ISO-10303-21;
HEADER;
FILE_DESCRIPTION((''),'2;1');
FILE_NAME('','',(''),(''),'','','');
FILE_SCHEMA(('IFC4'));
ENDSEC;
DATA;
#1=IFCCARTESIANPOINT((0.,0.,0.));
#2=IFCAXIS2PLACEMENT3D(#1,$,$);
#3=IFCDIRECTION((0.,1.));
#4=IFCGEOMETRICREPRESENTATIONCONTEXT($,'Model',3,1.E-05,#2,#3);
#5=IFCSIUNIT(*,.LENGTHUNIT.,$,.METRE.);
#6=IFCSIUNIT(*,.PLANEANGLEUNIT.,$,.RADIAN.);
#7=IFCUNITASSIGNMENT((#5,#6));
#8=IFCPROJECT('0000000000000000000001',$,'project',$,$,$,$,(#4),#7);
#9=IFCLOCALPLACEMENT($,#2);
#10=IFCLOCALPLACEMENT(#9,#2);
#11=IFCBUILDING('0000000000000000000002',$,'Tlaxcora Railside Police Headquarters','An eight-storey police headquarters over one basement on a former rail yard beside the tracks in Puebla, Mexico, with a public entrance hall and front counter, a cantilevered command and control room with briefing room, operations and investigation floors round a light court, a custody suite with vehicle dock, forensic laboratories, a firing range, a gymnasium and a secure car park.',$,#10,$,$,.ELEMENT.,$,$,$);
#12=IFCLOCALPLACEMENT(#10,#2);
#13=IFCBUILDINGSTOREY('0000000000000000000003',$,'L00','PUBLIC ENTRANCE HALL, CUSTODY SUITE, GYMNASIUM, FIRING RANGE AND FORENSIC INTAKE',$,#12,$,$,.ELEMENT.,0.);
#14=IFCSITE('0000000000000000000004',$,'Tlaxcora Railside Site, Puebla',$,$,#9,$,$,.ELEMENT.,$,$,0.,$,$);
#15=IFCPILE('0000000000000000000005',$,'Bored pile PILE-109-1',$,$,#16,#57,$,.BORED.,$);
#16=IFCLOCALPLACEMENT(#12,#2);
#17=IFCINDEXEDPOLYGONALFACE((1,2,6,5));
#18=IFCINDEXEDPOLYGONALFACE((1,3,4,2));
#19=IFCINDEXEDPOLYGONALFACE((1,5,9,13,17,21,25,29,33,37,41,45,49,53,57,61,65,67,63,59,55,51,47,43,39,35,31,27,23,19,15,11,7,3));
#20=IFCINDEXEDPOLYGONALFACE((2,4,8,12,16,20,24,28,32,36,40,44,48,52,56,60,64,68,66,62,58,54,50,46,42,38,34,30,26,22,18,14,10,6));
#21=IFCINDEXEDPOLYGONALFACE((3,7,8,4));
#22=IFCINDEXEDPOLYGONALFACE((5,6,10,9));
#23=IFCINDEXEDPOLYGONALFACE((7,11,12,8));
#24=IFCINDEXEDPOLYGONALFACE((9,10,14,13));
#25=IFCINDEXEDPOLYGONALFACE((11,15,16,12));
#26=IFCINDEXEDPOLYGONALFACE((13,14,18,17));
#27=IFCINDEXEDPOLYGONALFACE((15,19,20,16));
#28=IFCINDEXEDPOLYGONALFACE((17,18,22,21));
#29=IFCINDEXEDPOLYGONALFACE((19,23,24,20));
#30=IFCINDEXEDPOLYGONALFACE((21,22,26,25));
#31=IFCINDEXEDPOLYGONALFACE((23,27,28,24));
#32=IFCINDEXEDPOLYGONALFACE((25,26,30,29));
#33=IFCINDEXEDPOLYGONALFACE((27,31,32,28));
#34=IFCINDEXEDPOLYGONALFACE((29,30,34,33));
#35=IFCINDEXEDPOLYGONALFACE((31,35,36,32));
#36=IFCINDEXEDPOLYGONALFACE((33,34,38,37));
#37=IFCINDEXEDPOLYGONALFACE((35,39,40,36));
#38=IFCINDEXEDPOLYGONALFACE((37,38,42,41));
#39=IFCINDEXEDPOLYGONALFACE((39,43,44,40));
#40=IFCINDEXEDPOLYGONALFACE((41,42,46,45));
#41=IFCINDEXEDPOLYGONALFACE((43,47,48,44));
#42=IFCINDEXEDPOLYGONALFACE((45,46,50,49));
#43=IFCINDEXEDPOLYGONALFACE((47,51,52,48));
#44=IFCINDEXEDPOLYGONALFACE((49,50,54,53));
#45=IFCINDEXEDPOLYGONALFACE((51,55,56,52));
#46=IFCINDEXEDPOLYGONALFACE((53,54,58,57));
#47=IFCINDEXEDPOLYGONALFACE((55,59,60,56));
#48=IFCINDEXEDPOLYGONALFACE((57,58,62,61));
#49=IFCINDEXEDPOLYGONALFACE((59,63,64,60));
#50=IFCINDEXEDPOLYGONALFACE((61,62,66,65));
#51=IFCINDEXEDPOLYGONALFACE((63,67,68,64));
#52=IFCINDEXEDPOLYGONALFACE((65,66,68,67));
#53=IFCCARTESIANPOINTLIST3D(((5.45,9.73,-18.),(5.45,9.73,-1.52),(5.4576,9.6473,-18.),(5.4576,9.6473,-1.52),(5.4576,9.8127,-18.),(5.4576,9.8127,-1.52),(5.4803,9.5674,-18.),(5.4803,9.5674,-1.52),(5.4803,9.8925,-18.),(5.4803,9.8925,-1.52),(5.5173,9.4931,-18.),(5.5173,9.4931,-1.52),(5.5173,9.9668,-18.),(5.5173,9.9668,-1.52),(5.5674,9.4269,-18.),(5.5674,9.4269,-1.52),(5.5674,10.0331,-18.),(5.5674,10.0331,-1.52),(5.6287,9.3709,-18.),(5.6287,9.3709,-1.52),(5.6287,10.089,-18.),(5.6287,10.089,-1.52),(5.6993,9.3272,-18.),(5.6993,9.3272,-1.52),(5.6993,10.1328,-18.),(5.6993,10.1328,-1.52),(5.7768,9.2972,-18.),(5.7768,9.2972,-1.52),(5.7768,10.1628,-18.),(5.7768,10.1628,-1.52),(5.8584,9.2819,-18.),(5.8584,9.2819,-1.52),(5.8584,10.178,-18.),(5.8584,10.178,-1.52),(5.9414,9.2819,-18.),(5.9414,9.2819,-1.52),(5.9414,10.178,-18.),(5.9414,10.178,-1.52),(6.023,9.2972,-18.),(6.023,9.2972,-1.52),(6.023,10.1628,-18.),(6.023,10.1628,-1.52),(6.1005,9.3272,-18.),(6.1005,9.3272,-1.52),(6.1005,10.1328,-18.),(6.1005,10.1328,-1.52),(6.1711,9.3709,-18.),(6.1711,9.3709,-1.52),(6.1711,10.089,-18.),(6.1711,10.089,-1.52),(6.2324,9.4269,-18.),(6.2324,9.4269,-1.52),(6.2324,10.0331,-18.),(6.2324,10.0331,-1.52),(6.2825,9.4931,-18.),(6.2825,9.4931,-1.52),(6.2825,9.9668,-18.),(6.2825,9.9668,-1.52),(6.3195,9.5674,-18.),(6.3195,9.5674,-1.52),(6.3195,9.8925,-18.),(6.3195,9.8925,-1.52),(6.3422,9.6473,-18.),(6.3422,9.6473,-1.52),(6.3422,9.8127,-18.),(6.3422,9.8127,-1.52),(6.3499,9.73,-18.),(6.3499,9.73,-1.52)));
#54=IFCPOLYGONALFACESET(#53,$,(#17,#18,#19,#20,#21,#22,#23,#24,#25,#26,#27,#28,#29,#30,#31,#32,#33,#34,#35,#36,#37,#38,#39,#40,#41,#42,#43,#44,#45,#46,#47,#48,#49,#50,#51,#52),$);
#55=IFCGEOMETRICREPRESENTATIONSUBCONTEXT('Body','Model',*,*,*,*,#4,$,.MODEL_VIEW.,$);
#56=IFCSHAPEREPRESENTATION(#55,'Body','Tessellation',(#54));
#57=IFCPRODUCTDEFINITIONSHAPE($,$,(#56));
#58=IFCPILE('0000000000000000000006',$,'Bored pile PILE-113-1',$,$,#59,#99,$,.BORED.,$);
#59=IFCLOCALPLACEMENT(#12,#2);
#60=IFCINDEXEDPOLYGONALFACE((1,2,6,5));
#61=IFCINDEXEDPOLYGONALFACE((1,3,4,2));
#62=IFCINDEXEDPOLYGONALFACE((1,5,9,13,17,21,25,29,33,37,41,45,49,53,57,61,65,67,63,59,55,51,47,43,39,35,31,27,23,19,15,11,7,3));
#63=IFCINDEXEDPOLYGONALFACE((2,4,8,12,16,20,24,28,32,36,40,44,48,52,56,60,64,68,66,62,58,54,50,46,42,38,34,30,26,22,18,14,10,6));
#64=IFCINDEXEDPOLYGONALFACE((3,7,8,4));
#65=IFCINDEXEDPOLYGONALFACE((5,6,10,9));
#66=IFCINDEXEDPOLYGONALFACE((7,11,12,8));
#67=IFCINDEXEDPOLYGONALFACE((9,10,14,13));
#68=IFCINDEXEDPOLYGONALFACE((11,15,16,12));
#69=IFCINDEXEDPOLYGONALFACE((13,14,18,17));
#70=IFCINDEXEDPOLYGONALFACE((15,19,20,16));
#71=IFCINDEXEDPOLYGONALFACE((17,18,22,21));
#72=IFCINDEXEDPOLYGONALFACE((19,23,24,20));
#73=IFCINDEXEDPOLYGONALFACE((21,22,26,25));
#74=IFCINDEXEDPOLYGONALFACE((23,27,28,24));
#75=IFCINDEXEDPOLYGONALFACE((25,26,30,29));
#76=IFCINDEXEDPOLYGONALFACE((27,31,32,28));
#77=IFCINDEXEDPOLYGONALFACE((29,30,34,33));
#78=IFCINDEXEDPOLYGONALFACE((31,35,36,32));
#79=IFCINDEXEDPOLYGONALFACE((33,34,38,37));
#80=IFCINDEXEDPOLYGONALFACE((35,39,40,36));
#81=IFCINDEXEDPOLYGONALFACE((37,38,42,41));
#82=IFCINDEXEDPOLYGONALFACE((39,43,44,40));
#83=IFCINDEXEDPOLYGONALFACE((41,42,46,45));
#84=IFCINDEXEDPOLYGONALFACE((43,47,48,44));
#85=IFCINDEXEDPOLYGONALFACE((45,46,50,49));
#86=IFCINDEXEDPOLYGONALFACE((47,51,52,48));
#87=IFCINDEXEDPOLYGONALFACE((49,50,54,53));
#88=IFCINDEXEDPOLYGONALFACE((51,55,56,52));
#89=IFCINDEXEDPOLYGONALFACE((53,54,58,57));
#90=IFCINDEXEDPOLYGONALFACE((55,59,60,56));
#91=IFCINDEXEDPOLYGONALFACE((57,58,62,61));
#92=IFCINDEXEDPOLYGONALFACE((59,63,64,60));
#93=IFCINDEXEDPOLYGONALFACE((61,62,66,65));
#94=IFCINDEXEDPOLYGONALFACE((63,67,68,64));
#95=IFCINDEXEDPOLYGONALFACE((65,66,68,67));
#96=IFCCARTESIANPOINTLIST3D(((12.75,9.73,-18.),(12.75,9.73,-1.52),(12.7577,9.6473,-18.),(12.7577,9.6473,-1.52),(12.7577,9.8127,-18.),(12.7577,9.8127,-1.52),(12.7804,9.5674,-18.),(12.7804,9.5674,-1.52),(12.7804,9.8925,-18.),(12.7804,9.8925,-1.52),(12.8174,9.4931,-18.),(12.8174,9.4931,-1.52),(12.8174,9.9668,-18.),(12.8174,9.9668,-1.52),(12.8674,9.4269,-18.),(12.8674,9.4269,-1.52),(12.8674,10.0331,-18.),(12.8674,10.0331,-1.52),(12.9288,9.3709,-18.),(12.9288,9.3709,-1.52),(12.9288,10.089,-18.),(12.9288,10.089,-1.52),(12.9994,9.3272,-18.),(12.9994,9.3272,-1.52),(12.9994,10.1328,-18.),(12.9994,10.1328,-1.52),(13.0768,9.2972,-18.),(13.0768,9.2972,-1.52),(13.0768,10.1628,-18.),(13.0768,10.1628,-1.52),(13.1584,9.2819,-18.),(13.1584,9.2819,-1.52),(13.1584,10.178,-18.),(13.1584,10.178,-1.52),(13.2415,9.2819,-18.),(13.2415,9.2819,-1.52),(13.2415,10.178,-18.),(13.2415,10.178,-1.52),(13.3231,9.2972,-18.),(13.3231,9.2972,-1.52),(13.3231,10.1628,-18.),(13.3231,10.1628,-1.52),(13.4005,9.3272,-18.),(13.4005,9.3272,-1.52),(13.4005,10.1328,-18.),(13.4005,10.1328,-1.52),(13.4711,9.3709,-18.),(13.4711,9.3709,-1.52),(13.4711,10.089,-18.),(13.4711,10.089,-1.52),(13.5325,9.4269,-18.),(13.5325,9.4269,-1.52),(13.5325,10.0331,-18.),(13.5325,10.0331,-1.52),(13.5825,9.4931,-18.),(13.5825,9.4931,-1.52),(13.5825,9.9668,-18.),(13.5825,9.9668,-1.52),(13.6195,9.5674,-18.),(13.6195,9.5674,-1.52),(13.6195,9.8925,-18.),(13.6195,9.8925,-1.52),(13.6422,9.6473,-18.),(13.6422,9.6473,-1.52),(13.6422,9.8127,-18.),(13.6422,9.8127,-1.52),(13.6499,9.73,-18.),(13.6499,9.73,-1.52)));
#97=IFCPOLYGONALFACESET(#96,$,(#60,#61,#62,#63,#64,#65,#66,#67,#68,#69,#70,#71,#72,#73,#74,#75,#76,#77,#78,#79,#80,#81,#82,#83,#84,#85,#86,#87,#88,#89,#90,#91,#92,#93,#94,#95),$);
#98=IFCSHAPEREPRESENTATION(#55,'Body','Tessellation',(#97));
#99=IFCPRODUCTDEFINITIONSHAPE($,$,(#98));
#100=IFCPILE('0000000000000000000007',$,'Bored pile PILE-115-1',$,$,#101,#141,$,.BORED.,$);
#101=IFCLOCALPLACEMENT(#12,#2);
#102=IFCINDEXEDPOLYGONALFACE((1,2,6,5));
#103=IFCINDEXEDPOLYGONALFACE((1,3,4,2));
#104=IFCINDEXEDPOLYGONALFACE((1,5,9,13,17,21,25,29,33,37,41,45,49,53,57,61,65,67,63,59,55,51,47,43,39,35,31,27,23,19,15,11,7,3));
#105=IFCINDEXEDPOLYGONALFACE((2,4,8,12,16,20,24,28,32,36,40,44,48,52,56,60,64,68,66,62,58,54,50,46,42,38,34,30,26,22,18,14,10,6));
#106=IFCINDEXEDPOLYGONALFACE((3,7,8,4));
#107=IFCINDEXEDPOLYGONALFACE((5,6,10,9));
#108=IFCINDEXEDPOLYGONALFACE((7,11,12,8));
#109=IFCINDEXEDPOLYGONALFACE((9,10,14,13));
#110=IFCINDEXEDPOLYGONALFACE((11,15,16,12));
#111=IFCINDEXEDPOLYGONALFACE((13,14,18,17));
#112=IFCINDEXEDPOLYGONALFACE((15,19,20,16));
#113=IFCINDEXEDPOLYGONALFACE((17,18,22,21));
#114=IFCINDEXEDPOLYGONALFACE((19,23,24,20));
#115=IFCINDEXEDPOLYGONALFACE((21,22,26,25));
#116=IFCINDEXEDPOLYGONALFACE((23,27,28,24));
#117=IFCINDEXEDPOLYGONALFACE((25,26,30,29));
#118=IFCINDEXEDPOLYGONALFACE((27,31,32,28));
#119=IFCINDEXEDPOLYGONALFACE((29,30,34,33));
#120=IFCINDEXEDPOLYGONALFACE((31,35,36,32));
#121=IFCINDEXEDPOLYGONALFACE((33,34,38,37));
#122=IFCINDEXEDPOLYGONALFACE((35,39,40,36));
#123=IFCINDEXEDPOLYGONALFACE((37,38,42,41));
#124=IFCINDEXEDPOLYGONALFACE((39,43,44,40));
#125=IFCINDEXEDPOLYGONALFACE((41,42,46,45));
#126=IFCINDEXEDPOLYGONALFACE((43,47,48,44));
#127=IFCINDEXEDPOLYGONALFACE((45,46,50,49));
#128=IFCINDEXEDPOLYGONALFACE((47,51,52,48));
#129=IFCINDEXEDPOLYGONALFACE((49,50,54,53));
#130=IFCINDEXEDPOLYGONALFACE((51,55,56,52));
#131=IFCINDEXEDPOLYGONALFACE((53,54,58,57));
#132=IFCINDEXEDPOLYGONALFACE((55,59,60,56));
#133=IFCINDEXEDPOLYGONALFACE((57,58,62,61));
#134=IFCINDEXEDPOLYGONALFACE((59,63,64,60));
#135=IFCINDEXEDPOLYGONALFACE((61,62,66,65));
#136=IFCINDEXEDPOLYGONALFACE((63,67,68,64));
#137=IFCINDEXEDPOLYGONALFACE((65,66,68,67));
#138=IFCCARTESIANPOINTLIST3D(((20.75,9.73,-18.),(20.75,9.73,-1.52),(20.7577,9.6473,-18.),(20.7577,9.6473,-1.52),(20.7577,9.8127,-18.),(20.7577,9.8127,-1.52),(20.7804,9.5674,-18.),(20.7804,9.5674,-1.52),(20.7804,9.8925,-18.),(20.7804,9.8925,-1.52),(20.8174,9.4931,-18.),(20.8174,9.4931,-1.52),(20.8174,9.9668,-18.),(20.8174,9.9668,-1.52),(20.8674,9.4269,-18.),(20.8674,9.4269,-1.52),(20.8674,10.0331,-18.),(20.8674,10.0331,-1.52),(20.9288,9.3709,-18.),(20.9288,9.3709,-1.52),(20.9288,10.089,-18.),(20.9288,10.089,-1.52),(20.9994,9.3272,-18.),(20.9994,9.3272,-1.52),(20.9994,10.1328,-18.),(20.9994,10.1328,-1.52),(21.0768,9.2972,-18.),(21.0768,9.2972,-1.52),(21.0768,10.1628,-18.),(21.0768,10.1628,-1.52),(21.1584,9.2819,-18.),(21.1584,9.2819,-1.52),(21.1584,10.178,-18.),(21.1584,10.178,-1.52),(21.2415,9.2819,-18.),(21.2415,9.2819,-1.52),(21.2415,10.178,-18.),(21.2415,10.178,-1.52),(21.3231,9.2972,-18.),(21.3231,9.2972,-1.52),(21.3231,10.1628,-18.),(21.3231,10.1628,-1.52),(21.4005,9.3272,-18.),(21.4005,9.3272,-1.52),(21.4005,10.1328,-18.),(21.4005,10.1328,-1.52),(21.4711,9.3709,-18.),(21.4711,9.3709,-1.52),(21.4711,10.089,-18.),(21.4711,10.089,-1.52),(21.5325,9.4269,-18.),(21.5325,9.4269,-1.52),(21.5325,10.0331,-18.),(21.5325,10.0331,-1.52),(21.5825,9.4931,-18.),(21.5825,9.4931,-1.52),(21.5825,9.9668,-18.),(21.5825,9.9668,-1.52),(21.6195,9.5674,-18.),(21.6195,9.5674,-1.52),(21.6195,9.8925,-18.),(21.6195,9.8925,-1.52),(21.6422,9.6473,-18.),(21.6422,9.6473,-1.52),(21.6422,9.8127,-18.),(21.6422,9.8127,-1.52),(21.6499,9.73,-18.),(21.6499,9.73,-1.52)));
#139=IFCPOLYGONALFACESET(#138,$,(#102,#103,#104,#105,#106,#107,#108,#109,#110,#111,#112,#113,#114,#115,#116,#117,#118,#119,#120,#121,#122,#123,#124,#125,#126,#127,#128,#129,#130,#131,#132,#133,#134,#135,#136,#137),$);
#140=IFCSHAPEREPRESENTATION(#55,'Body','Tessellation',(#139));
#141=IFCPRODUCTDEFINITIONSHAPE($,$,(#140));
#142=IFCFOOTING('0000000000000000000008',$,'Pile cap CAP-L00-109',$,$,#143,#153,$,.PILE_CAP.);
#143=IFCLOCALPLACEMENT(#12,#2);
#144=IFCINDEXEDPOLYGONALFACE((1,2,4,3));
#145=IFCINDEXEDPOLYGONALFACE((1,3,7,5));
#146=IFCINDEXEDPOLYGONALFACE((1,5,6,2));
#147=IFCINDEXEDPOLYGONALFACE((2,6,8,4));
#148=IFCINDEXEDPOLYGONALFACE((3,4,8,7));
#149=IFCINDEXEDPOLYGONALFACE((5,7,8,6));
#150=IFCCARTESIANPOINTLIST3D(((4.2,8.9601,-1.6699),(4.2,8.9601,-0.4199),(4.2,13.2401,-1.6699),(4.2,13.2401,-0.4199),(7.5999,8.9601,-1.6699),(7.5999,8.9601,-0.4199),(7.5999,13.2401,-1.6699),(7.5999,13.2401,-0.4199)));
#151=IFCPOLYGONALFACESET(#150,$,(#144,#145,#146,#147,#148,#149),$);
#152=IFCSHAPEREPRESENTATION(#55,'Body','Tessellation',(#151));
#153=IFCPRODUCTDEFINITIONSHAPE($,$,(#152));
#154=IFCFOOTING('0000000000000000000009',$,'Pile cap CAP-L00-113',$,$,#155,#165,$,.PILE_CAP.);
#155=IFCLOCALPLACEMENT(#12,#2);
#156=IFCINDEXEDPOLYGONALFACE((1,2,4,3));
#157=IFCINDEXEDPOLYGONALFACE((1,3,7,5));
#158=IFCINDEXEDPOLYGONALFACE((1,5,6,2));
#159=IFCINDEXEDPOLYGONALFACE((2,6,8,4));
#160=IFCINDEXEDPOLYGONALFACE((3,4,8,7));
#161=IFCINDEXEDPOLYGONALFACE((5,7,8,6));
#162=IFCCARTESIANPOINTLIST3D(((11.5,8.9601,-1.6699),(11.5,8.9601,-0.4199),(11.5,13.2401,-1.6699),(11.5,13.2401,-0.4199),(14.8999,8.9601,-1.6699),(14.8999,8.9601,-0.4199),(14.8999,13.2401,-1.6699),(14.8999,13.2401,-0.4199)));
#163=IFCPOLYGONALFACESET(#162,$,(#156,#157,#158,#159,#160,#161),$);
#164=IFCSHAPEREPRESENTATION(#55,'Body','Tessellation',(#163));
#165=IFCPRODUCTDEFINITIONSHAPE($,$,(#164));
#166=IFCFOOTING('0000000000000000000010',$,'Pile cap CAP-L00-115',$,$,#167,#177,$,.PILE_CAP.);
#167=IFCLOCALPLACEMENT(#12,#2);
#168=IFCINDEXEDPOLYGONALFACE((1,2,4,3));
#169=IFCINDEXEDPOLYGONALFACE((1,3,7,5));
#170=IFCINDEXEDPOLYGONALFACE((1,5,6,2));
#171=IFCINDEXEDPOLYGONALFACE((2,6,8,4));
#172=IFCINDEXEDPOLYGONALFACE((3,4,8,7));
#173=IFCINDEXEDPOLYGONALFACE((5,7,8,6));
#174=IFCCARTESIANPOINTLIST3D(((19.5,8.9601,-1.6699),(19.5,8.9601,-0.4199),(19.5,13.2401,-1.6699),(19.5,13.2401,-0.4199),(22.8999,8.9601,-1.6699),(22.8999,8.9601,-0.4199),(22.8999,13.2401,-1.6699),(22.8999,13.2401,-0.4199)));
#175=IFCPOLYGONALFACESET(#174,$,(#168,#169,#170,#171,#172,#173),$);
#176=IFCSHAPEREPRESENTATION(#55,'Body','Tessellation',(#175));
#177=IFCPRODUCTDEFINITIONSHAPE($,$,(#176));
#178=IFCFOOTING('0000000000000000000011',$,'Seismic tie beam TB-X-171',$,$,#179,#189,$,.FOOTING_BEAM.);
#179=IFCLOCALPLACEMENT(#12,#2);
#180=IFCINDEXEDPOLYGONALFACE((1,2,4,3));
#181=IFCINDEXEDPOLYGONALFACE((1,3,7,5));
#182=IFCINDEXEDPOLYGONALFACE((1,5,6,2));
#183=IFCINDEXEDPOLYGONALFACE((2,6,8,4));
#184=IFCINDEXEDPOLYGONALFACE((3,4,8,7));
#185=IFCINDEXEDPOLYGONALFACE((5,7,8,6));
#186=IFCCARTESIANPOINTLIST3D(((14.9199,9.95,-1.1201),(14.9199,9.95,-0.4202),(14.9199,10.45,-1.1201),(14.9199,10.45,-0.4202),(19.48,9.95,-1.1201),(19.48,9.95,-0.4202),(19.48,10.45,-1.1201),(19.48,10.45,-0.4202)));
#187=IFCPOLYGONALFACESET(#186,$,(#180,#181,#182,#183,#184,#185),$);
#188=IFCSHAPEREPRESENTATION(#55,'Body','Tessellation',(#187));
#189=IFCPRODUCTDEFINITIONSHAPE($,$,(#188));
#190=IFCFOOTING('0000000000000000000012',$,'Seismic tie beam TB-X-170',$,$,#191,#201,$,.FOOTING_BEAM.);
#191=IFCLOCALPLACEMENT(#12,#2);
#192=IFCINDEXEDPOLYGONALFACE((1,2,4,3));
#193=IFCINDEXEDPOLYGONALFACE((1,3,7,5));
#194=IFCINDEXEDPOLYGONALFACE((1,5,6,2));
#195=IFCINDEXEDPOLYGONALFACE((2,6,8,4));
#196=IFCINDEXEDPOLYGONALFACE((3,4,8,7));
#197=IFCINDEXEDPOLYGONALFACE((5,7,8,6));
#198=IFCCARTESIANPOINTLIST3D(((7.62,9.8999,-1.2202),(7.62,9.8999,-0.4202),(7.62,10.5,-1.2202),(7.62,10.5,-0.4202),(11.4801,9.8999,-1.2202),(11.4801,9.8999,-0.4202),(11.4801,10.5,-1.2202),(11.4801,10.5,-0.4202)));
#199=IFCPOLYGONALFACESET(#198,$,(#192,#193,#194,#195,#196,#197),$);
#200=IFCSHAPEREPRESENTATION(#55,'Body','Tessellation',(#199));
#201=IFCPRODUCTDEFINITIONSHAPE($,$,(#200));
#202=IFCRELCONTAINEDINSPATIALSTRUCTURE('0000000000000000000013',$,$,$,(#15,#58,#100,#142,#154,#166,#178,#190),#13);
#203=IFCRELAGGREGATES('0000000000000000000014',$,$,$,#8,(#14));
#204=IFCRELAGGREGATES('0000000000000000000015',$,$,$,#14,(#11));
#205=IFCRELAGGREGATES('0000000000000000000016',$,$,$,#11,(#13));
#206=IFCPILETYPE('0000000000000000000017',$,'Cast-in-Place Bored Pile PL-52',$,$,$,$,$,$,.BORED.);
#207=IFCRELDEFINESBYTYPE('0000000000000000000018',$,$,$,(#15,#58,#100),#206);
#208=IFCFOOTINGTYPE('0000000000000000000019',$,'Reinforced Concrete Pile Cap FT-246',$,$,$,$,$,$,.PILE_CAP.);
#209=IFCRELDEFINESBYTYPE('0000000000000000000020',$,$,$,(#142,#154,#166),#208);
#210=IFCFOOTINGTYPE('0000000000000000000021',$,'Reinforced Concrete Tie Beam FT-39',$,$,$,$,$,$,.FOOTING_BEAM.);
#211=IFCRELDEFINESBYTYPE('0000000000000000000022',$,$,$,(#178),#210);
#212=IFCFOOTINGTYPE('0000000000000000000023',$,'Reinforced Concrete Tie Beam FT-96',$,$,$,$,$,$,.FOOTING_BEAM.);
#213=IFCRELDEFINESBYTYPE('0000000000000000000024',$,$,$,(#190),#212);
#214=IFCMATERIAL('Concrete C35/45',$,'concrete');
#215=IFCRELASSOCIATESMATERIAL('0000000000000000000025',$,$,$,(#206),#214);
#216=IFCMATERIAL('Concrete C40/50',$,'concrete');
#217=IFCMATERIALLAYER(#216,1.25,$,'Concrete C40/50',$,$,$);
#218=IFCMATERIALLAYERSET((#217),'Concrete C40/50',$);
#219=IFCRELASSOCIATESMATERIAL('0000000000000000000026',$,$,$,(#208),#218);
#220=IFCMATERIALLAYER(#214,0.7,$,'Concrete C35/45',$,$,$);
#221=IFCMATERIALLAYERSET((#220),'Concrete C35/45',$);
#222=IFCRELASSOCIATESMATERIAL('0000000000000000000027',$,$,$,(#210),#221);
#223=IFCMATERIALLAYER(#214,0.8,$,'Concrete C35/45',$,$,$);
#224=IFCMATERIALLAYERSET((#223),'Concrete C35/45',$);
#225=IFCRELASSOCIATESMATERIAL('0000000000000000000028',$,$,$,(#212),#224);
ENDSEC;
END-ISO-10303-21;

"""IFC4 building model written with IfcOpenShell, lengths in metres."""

from ifc_helpers import new_model, si_unit, direction, frame, origin, origin_2d, place, context, subcontext, project, spatial, rectangle, circle, extrude, material, layer, layer_set, material_profile, profile_set, type_object, element, save


model = new_model("IFC4")

# Units and contexts
model_context = context("Model", 3, precision=1e-05, world=origin(), true_north=direction((0.0, 1.0)))
body_context = subcontext(model_context, "Body", "Model", "MODEL_VIEW")
ifc_project = project(units=[si_unit("LENGTHUNIT", "METRE"), si_unit("PLANEANGLEUNIT", "RADIAN")], contexts=[model_context])

# Site, building, storey
site_placement = place(None, origin())
site = spatial("IfcSite", under=ifc_project, at=site_placement, Name="Tlaxcora Railside Site, Puebla", CompositionType="ELEMENT", RefElevation=0.0)
building_placement = place(site_placement, origin())
building = spatial("IfcBuilding", under=site, at=building_placement, Name="Tlaxcora Railside Police Headquarters", Description="An eight-storey police headquarters over one basement on a former rail yard beside the tracks in Puebla, Mexico, with a public entrance hall and front counter, a cantilevered command and control room with briefing room, operations and investigation floors round a light court, a custody suite with vehicle dock, forensic laboratories, a firing range, a gymnasium and a secure car park.", CompositionType="ELEMENT")
storey_placement = place(building_placement, origin())
storey = spatial("IfcBuildingStorey", under=building, at=storey_placement, Name="L00", Description="PUBLIC ENTRANCE HALL, CUSTODY SUITE, GYMNASIUM, FIRING RANGE AND FORENSIC INTAKE", CompositionType="ELEMENT", Elevation=0.0)

# Piles
ifc_material_1 = material(Name="Concrete C35/45", Category="concrete")
ifc_material_profile_1 = material_profile(ifc_material_1, circle(Radius=0.45, at=origin_2d()), Name="PILE900")
ifc_profile_set_1 = profile_set([ifc_material_profile_1], Name="Concrete C35/45")
pile_type = type_object("IfcPileType", Name="Cast-in-Place Bored Pile PL-52", PredefinedType="BORED", material=ifc_profile_set_1)
for number, where, z_axis, x_axis, name in (
    (1, (5.8999, 9.73, -1.52), (0.0, 0.0, -1.0), (1.0, 0.0, 0.0), "Bored pile PILE-109-1"),
    (2, (13.2, 9.73, -1.52), (0.0, 0.0, -1.0), (1.0, 0.0, 0.0), "Bored pile PILE-113-1"),
    (3, (21.2, 9.73, -1.52), (0.0, 0.0, -1.0), (1.0, 0.0, 0.0), "Bored pile PILE-115-1"),
):
    element("IfcPile", number, at=place(storey_placement, frame(where, z_axis=z_axis, x_axis=x_axis)), inside=storey, type_object=pile_type, Name=name, PredefinedType="BORED", context=body_context, shape_type="SweptSolid", body=[
        extrude(circle(Radius=0.45, at=origin_2d()), origin(), (0.0, 0.0, 1.0), 16.48),
    ])

# Footings
ifc_material_2 = material(Name="Concrete C40/50", Category="concrete")
ifc_layer_1 = layer(ifc_material_2, 1.25, Name="Concrete C40/50")
ifc_layer_set_1 = layer_set([ifc_layer_1], Name="Concrete C40/50")
footing_type_1 = type_object("IfcFootingType", Name="Reinforced Concrete Pile Cap FT-246", PredefinedType="PILE_CAP", material=ifc_layer_set_1)
for number, where, z_axis, x_axis, name in (
    (4, (5.8999, 11.1001, -1.6699), (0.0, 0.0, 1.0), (1.0, 0.0, 0.0), "Pile cap CAP-L00-109"),
    (5, (13.2, 11.1001, -1.6699), (0.0, 0.0, 1.0), (1.0, 0.0, 0.0), "Pile cap CAP-L00-113"),
    (6, (21.2, 11.1001, -1.6699), (0.0, 0.0, 1.0), (1.0, 0.0, 0.0), "Pile cap CAP-L00-115"),
):
    element("IfcFooting", number, at=place(storey_placement, frame(where, z_axis=z_axis, x_axis=x_axis)), inside=storey, type_object=footing_type_1, Name=name, PredefinedType="PILE_CAP", context=body_context, shape_type="SweptSolid", body=[
        extrude(rectangle(XDim=3.3999, YDim=4.28, at=origin_2d()), origin(), (0.0, 0.0, 1.0), 1.25),
    ])
ifc_layer_2 = layer(ifc_material_1, 0.7, Name="Concrete C35/45")
ifc_layer_set_2 = layer_set([ifc_layer_2], Name="Concrete C35/45")
footing_type_2 = type_object("IfcFootingType", Name="Reinforced Concrete Tie Beam FT-39", PredefinedType="FOOTING_BEAM", material=ifc_layer_set_2)
footing_1_placement = place(storey_placement, frame((17.2, 10.2, -1.1201), z_axis=(0.0, 0.0, 1.0), x_axis=(1.0, 0.0, 0.0)))
element("IfcFooting", 7, at=footing_1_placement, inside=storey, type_object=footing_type_2, Name="Seismic tie beam TB-X-171", PredefinedType="FOOTING_BEAM", context=body_context, shape_type="SweptSolid", body=[
    extrude(rectangle(XDim=4.5601, YDim=0.5, at=origin_2d()), origin(), (0.0, 0.0, 1.0), 0.7),
])
ifc_layer_3 = layer(ifc_material_1, 0.8, Name="Concrete C35/45")
ifc_layer_set_3 = layer_set([ifc_layer_3], Name="Concrete C35/45")
footing_type_3 = type_object("IfcFootingType", Name="Reinforced Concrete Tie Beam FT-96", PredefinedType="FOOTING_BEAM", material=ifc_layer_set_3)
footing_2_placement = place(storey_placement, frame((9.55, 10.2, -1.2202), z_axis=(0.0, 0.0, 1.0), x_axis=(1.0, 0.0, 0.0)))
element("IfcFooting", 8, at=footing_2_placement, inside=storey, type_object=footing_type_3, Name="Seismic tie beam TB-X-170", PredefinedType="FOOTING_BEAM", context=body_context, shape_type="SweptSolid", body=[
    extrude(rectangle(XDim=3.8601, YDim=0.6001, at=origin_2d()), origin(), (0.0, 0.0, 1.0), 0.8),
])

save(model, "model.ifc")
